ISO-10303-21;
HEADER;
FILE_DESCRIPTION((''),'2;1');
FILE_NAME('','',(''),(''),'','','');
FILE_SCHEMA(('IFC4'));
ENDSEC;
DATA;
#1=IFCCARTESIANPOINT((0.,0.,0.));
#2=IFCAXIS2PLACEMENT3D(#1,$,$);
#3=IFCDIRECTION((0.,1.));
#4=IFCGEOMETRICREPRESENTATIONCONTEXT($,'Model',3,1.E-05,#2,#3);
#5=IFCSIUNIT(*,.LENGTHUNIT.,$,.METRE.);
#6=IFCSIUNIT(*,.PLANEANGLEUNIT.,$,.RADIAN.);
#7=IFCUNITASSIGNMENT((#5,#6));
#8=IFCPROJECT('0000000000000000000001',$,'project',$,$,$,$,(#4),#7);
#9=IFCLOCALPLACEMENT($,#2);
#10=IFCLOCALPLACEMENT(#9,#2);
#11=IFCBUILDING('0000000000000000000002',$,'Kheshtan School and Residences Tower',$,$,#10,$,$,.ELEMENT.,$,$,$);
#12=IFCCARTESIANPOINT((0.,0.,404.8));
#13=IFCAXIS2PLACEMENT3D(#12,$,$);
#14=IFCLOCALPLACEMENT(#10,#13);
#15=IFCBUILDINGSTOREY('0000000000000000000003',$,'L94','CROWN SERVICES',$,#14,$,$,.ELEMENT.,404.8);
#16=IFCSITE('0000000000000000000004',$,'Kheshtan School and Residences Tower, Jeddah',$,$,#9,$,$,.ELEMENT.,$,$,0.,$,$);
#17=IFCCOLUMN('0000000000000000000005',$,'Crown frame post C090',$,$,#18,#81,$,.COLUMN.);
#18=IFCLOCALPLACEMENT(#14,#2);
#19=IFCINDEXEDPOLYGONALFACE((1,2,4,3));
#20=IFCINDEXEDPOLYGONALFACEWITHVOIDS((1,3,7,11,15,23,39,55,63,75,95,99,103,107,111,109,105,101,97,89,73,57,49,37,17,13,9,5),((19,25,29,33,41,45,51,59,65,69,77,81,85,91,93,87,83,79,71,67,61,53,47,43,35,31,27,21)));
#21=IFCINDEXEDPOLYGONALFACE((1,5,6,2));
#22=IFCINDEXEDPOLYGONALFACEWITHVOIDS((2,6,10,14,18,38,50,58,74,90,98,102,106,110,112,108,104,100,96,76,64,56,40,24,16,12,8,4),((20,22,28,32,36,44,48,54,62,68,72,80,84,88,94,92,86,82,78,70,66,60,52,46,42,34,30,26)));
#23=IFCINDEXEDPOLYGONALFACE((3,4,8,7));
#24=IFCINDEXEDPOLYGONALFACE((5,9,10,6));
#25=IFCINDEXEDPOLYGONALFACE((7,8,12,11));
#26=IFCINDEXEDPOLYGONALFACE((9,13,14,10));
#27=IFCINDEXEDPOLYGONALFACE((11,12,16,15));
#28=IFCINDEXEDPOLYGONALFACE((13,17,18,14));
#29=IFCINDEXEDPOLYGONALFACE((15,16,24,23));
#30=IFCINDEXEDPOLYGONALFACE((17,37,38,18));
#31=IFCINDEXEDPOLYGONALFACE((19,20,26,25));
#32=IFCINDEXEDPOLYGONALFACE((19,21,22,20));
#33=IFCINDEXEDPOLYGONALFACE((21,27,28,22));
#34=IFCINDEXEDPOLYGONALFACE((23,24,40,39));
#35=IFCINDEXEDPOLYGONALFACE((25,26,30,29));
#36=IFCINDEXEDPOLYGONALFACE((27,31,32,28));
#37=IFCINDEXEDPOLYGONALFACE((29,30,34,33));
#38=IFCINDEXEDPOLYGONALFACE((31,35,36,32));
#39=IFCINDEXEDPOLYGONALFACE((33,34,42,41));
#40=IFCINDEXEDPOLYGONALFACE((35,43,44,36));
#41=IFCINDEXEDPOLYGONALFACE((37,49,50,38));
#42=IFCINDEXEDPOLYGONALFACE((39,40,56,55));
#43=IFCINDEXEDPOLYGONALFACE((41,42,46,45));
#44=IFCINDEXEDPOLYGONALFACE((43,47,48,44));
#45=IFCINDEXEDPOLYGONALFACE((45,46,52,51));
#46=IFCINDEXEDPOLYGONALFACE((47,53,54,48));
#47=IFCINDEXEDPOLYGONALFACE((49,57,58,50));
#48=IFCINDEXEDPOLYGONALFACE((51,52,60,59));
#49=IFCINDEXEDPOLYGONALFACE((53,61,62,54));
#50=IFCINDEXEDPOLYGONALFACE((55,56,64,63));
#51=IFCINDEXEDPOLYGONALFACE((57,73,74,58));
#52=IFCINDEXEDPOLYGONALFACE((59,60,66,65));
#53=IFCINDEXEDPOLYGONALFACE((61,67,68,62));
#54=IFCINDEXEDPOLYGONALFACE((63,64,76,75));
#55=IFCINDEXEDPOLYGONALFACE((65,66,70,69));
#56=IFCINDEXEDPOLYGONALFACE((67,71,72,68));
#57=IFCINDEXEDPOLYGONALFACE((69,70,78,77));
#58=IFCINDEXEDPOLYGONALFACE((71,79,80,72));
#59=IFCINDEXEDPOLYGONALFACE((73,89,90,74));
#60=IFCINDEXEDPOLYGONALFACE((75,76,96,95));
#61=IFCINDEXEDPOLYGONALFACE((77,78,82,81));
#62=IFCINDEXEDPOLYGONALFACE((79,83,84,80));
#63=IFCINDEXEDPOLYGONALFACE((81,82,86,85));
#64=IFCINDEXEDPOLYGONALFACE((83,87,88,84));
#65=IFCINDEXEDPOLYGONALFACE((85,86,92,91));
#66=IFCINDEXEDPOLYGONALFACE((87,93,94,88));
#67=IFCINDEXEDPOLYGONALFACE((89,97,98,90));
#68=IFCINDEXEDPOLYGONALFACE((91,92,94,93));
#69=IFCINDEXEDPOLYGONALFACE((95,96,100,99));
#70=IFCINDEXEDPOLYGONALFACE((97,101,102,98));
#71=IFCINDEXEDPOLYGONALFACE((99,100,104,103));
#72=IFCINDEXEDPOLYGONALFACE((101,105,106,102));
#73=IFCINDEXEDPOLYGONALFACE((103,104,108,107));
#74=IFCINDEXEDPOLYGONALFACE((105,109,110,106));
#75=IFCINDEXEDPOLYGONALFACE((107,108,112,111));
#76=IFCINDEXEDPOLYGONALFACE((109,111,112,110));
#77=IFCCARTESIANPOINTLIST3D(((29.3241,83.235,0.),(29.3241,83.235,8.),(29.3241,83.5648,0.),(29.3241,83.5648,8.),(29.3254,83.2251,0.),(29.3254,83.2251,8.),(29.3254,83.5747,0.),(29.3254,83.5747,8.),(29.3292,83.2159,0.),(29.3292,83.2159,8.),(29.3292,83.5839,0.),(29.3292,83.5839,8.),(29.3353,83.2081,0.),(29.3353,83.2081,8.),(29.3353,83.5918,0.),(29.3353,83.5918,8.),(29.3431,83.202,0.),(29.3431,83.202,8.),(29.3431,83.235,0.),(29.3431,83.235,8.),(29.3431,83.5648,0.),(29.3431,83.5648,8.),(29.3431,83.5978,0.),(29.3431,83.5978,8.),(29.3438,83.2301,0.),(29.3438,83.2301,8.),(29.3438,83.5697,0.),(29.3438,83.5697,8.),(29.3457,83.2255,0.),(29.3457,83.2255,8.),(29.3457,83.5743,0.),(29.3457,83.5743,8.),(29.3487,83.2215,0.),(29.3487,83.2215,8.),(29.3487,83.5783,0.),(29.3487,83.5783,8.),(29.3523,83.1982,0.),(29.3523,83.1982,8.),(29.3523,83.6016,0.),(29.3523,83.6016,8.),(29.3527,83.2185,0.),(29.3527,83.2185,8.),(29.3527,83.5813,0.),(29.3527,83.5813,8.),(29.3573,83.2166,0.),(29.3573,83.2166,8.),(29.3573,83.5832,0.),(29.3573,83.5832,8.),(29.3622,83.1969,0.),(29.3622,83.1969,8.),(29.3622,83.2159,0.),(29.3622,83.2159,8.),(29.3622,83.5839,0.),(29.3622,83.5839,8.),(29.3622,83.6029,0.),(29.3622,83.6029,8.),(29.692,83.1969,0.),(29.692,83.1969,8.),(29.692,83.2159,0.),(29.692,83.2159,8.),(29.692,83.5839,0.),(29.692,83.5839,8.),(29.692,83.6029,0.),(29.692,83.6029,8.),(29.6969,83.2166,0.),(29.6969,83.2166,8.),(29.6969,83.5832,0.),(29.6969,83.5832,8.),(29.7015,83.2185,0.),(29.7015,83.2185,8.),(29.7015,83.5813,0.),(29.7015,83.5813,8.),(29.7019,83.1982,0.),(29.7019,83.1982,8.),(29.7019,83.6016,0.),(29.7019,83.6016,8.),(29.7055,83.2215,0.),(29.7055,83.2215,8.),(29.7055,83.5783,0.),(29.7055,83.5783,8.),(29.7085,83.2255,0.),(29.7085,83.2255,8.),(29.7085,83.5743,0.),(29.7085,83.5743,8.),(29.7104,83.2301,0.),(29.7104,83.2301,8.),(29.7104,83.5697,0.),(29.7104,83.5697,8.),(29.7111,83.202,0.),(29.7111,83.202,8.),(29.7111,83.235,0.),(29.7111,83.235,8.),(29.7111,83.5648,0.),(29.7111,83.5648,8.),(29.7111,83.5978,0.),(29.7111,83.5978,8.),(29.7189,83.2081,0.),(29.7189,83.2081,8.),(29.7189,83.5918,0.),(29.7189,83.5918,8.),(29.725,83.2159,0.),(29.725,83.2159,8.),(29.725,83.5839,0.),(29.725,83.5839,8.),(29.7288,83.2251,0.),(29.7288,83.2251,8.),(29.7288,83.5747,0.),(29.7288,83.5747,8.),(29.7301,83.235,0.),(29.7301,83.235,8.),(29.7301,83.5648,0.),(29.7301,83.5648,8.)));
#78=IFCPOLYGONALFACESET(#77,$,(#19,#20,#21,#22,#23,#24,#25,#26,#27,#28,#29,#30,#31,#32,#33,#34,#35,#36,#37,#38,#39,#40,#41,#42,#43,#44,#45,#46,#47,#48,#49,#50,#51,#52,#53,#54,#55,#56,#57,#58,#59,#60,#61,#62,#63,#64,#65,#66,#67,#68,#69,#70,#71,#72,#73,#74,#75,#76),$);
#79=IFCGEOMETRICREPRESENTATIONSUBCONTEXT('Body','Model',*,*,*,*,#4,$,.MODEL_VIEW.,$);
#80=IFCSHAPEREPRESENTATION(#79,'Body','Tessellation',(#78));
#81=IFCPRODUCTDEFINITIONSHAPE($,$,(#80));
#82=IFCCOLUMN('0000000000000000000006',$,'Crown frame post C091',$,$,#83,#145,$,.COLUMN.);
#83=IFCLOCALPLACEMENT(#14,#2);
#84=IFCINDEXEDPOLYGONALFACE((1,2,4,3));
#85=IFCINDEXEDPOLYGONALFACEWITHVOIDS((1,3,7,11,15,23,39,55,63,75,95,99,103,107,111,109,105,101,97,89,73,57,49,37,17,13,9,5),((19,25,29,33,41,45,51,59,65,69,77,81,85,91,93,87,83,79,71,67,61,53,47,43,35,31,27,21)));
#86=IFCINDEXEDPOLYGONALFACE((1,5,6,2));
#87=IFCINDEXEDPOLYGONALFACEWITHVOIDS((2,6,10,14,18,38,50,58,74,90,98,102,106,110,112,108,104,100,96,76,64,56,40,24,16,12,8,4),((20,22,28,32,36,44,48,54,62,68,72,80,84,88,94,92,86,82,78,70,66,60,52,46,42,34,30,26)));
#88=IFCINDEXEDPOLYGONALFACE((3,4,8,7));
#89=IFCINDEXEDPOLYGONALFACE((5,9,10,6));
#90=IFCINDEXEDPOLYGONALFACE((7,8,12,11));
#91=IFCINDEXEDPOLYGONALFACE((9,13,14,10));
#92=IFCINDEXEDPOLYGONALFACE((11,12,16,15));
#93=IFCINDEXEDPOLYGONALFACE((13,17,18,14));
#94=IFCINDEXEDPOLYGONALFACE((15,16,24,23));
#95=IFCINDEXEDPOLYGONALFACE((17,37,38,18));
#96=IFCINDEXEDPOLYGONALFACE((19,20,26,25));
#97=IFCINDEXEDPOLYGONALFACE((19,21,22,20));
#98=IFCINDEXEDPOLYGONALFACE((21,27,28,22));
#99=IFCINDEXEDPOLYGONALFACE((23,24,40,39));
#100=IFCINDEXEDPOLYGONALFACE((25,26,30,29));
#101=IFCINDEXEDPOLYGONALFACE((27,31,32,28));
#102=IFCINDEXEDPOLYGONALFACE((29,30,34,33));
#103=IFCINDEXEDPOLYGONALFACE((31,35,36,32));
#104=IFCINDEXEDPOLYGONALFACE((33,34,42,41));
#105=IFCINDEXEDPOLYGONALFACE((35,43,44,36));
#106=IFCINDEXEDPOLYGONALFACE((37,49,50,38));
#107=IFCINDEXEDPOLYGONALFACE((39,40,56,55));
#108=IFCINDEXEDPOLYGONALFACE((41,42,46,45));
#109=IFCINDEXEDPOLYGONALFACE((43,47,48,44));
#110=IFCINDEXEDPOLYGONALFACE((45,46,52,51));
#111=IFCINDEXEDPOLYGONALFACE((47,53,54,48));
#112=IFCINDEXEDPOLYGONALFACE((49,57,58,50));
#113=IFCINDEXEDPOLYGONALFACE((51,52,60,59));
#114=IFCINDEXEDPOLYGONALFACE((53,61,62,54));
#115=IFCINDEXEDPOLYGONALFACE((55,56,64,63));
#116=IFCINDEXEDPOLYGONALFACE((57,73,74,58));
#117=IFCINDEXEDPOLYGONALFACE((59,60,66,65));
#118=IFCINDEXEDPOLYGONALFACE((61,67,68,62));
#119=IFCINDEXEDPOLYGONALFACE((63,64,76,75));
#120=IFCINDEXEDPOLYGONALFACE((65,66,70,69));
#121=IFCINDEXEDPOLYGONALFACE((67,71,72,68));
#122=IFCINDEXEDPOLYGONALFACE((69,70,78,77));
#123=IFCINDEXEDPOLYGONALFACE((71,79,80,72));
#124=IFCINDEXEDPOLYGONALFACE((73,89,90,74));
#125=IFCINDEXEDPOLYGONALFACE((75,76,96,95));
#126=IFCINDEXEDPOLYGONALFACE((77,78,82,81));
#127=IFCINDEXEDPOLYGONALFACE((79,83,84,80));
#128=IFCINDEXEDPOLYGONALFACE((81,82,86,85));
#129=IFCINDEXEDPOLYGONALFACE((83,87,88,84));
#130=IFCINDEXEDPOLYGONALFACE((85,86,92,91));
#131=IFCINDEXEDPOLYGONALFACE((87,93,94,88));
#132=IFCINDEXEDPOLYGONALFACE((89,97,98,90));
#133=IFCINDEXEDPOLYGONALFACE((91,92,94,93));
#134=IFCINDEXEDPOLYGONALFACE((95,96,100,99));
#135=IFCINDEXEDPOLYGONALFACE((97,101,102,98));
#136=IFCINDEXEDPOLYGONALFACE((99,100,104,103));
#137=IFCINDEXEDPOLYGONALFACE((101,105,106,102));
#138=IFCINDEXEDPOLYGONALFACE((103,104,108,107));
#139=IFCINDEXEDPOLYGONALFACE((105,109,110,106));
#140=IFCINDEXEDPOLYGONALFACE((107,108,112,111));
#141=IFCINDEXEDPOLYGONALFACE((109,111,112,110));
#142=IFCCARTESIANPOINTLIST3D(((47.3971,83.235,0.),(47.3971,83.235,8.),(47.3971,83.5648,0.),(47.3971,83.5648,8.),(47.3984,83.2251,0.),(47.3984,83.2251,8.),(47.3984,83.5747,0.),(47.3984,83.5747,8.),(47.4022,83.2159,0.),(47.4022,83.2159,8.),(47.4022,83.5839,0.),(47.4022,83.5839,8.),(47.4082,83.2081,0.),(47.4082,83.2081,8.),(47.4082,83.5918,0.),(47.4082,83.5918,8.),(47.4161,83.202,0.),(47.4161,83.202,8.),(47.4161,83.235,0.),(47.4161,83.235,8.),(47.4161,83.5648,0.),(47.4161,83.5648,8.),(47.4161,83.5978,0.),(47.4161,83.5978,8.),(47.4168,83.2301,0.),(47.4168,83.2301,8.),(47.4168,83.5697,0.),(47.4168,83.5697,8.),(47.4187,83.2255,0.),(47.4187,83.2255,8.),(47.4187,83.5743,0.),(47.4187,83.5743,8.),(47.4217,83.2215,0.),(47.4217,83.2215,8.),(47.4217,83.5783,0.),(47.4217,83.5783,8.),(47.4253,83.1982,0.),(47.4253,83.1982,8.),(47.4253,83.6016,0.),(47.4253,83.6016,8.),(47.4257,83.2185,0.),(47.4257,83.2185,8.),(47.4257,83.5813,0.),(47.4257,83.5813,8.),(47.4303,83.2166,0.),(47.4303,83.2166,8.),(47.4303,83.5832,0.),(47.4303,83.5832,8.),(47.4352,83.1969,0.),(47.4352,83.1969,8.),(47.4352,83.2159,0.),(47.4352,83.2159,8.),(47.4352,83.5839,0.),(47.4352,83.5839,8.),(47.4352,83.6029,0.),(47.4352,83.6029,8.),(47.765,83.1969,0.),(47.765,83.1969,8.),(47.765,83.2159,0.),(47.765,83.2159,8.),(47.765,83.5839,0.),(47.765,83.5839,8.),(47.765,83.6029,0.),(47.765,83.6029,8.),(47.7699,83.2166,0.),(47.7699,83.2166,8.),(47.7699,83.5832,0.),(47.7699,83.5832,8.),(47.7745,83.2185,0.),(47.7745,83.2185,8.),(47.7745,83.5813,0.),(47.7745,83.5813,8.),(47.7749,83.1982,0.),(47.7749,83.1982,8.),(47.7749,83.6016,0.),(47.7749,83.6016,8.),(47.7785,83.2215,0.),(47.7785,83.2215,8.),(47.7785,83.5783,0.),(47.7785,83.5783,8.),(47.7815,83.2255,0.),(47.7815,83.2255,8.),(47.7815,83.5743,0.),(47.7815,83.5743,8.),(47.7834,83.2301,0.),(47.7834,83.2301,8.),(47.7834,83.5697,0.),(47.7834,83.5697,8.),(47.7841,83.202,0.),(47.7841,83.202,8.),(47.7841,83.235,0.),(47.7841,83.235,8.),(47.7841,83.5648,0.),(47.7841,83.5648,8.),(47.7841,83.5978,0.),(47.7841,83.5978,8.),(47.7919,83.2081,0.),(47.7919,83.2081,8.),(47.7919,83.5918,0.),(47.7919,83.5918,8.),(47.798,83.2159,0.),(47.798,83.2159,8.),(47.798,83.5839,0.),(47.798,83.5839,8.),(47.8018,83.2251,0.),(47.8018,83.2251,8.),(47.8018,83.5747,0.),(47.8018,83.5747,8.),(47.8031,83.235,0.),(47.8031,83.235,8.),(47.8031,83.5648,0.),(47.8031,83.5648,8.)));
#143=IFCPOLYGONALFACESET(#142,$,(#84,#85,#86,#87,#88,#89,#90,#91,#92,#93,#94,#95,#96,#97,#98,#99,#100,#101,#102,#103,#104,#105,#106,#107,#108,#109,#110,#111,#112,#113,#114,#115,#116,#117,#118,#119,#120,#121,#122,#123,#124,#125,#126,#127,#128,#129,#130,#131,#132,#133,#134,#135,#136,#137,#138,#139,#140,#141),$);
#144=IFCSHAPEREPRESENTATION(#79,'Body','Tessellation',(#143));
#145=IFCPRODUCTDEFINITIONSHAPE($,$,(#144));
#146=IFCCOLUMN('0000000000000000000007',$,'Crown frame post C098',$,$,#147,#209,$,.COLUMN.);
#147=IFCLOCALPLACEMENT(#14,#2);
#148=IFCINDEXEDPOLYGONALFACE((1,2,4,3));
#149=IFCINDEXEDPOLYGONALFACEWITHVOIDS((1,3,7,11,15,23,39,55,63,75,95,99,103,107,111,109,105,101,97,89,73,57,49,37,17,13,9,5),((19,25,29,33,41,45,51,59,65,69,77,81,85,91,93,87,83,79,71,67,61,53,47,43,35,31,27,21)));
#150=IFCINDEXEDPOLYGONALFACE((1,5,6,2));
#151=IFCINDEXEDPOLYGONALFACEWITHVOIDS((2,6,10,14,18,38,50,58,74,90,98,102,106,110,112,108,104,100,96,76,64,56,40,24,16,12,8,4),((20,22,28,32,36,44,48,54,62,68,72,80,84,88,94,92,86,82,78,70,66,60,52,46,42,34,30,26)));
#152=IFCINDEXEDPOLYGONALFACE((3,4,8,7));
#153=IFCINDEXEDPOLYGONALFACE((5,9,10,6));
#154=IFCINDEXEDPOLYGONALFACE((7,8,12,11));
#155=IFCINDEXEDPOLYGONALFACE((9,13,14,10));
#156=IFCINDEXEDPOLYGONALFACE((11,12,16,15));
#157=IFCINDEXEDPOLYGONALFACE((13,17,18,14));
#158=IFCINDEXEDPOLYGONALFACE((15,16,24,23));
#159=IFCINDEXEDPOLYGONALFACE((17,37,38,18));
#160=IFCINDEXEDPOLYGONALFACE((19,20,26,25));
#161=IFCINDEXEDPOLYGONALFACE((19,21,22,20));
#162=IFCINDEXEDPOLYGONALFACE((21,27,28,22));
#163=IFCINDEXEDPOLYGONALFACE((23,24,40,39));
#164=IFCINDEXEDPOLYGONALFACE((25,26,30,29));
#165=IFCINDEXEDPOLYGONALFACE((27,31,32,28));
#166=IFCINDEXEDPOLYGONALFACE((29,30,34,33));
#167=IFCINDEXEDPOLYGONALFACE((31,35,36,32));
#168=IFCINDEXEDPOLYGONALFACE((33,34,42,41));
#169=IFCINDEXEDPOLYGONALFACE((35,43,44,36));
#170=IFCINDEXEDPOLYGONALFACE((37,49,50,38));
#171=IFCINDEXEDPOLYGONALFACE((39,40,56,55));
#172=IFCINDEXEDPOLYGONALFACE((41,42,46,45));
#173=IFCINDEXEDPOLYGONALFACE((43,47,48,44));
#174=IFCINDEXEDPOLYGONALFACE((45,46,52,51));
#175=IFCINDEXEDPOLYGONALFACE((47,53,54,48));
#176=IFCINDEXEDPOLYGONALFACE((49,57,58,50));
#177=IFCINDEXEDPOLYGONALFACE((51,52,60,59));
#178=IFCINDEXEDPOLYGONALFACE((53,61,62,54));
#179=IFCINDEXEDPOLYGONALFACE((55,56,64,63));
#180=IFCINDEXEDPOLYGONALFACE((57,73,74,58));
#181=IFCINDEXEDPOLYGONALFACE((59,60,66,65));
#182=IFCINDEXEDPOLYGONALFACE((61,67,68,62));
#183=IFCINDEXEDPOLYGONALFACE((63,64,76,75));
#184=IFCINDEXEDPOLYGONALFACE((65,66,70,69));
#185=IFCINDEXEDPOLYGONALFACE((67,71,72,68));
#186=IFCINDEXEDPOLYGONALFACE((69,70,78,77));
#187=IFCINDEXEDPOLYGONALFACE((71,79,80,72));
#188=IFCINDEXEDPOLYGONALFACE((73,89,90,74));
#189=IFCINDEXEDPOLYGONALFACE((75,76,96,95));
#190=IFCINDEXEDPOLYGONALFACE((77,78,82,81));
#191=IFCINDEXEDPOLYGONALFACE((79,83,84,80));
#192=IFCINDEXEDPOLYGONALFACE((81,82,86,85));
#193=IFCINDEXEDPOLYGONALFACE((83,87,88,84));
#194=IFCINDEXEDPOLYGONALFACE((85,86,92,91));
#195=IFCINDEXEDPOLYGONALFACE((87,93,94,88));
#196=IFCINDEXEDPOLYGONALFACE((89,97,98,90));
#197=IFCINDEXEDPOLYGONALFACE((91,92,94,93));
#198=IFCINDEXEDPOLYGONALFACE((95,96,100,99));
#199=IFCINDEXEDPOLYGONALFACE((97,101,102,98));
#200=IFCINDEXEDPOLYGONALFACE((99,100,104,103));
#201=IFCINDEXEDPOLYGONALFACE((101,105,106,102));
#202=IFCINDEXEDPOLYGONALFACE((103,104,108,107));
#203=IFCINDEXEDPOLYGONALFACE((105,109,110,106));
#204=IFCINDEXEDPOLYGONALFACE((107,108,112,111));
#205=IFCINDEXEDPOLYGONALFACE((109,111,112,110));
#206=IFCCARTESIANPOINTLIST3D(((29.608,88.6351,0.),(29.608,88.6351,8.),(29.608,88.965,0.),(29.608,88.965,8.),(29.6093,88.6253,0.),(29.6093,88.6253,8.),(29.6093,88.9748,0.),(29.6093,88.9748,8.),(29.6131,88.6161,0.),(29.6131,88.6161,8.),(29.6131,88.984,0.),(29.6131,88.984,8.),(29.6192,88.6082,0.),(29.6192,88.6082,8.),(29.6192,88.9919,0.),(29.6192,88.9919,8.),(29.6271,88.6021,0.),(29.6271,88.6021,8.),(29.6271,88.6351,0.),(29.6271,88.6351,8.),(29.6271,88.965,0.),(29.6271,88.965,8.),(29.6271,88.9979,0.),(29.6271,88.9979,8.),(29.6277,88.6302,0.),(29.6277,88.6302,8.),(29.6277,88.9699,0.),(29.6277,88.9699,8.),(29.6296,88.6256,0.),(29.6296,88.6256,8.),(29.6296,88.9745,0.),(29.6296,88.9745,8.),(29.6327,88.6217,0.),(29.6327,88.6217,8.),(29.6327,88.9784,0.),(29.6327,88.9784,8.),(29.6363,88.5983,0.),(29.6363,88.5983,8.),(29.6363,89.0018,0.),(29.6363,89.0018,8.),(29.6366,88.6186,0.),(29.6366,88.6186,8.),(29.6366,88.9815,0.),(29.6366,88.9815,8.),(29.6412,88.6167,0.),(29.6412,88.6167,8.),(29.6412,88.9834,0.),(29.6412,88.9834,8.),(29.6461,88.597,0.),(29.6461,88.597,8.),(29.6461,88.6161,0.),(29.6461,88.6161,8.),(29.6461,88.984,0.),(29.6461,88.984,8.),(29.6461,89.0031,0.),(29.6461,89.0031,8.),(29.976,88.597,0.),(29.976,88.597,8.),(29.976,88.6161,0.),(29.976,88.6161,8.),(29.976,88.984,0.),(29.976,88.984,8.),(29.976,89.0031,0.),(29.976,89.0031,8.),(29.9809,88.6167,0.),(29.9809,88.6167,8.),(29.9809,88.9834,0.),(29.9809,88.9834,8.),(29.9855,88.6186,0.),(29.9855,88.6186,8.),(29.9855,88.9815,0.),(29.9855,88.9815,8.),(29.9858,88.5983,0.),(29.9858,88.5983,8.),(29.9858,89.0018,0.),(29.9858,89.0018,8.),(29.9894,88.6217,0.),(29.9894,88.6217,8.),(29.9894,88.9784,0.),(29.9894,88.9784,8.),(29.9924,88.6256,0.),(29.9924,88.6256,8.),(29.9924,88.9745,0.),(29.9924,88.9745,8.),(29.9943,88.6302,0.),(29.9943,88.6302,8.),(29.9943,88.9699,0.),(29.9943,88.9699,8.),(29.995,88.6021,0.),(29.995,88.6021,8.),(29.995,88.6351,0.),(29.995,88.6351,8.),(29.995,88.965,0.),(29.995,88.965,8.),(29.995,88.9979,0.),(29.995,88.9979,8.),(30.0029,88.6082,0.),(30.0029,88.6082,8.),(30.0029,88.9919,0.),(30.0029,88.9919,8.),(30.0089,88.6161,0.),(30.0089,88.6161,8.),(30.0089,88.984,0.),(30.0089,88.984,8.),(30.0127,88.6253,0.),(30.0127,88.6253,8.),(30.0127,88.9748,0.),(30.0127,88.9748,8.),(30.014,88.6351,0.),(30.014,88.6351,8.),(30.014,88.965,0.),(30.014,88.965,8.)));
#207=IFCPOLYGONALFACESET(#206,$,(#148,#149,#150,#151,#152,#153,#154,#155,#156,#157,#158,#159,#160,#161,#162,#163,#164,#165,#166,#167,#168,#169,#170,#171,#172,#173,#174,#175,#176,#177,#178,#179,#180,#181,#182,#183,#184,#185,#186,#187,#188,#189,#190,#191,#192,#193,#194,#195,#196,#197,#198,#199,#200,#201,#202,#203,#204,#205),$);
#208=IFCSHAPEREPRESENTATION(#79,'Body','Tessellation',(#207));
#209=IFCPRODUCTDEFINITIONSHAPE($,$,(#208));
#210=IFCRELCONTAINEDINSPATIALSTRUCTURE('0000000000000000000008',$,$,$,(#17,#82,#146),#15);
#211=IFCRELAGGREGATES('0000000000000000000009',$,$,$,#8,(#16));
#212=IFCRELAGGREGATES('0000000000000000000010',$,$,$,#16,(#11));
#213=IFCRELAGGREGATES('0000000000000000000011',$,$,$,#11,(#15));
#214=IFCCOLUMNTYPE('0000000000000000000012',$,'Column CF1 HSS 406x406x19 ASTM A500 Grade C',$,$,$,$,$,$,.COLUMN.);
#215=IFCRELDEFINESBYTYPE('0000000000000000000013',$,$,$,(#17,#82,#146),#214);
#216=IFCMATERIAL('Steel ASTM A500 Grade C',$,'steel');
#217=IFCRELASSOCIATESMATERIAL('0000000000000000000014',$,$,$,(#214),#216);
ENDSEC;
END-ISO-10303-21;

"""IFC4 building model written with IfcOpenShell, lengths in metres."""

from ifc_helpers import new_model, si_unit, direction, frame, origin, origin_2d, place, context, subcontext, project, spatial, hollow_rectangle, extrude, material, material_profile, profile_set, type_object, element, save


model = new_model("IFC4")

# Units and contexts
model_context = context("Model", 3, precision=1e-05, world=origin(), true_north=direction((0.0, 1.0)))
body_context = subcontext(model_context, "Body", "Model", "MODEL_VIEW")
ifc_project = project(units=[si_unit("LENGTHUNIT", "METRE"), si_unit("PLANEANGLEUNIT", "RADIAN")], contexts=[model_context])

# Site, building, storey
site_placement = place(None, origin())
site = spatial("IfcSite", under=ifc_project, at=site_placement, Name="Kheshtan School and Residences Tower, Jeddah", CompositionType="ELEMENT", RefElevation=0.0)
building_placement = place(site_placement, origin())
building = spatial("IfcBuilding", under=site, at=building_placement, Name="Kheshtan School and Residences Tower", CompositionType="ELEMENT")
storey_placement = place(building_placement, frame((0.0, 0.0, 404.8)))
storey = spatial("IfcBuildingStorey", under=building, at=storey_placement, Name="L94", Description="CROWN SERVICES", CompositionType="ELEMENT", Elevation=404.8)

# Columns
ifc_material_1 = material(Name="Steel ASTM A500 Grade C", Category="steel")
ifc_material_profile_1 = material_profile(ifc_material_1, hollow_rectangle(XDim=0.406, YDim=0.406, WallThickness=0.019, InnerFilletRadius=0.019, OuterFilletRadius=0.0381, at=origin_2d()), Name="HSS 406x406x19")
ifc_profile_set_1 = profile_set([ifc_material_profile_1], Name="Steel ASTM A500 Grade C")
column_type = type_object("IfcColumnType", Name="Column CF1 HSS 406x406x19 ASTM A500 Grade C", PredefinedType="COLUMN", material=ifc_profile_set_1)
for number, where, z_axis, x_axis, name in (
    (1, (29.5271, 83.3999, 0.0), (0.0, 0.0, 1.0), (1.0, 0.0, 0.0), "Crown frame post C090"),
    (2, (47.6001, 83.3999, 0.0), (0.0, 0.0, 1.0), (1.0, 0.0, 0.0), "Crown frame post C091"),
    (3, (29.811, 88.8, 0.0), (0.0, 0.0, 1.0), (1.0, 0.0, 0.0), "Crown frame post C098"),
):
    element("IfcColumn", number, at=place(storey_placement, frame(where, z_axis=z_axis, x_axis=x_axis)), inside=storey, type_object=column_type, Name=name, PredefinedType="COLUMN", context=body_context, shape_type="SweptSolid", body=[
        extrude(hollow_rectangle(XDim=0.406, YDim=0.406, WallThickness=0.019, InnerFilletRadius=0.019, OuterFilletRadius=0.0381, at=origin_2d()), origin(), (0.0, 0.0, 1.0), 8.0),
    ])

save(model, "model.ifc")
